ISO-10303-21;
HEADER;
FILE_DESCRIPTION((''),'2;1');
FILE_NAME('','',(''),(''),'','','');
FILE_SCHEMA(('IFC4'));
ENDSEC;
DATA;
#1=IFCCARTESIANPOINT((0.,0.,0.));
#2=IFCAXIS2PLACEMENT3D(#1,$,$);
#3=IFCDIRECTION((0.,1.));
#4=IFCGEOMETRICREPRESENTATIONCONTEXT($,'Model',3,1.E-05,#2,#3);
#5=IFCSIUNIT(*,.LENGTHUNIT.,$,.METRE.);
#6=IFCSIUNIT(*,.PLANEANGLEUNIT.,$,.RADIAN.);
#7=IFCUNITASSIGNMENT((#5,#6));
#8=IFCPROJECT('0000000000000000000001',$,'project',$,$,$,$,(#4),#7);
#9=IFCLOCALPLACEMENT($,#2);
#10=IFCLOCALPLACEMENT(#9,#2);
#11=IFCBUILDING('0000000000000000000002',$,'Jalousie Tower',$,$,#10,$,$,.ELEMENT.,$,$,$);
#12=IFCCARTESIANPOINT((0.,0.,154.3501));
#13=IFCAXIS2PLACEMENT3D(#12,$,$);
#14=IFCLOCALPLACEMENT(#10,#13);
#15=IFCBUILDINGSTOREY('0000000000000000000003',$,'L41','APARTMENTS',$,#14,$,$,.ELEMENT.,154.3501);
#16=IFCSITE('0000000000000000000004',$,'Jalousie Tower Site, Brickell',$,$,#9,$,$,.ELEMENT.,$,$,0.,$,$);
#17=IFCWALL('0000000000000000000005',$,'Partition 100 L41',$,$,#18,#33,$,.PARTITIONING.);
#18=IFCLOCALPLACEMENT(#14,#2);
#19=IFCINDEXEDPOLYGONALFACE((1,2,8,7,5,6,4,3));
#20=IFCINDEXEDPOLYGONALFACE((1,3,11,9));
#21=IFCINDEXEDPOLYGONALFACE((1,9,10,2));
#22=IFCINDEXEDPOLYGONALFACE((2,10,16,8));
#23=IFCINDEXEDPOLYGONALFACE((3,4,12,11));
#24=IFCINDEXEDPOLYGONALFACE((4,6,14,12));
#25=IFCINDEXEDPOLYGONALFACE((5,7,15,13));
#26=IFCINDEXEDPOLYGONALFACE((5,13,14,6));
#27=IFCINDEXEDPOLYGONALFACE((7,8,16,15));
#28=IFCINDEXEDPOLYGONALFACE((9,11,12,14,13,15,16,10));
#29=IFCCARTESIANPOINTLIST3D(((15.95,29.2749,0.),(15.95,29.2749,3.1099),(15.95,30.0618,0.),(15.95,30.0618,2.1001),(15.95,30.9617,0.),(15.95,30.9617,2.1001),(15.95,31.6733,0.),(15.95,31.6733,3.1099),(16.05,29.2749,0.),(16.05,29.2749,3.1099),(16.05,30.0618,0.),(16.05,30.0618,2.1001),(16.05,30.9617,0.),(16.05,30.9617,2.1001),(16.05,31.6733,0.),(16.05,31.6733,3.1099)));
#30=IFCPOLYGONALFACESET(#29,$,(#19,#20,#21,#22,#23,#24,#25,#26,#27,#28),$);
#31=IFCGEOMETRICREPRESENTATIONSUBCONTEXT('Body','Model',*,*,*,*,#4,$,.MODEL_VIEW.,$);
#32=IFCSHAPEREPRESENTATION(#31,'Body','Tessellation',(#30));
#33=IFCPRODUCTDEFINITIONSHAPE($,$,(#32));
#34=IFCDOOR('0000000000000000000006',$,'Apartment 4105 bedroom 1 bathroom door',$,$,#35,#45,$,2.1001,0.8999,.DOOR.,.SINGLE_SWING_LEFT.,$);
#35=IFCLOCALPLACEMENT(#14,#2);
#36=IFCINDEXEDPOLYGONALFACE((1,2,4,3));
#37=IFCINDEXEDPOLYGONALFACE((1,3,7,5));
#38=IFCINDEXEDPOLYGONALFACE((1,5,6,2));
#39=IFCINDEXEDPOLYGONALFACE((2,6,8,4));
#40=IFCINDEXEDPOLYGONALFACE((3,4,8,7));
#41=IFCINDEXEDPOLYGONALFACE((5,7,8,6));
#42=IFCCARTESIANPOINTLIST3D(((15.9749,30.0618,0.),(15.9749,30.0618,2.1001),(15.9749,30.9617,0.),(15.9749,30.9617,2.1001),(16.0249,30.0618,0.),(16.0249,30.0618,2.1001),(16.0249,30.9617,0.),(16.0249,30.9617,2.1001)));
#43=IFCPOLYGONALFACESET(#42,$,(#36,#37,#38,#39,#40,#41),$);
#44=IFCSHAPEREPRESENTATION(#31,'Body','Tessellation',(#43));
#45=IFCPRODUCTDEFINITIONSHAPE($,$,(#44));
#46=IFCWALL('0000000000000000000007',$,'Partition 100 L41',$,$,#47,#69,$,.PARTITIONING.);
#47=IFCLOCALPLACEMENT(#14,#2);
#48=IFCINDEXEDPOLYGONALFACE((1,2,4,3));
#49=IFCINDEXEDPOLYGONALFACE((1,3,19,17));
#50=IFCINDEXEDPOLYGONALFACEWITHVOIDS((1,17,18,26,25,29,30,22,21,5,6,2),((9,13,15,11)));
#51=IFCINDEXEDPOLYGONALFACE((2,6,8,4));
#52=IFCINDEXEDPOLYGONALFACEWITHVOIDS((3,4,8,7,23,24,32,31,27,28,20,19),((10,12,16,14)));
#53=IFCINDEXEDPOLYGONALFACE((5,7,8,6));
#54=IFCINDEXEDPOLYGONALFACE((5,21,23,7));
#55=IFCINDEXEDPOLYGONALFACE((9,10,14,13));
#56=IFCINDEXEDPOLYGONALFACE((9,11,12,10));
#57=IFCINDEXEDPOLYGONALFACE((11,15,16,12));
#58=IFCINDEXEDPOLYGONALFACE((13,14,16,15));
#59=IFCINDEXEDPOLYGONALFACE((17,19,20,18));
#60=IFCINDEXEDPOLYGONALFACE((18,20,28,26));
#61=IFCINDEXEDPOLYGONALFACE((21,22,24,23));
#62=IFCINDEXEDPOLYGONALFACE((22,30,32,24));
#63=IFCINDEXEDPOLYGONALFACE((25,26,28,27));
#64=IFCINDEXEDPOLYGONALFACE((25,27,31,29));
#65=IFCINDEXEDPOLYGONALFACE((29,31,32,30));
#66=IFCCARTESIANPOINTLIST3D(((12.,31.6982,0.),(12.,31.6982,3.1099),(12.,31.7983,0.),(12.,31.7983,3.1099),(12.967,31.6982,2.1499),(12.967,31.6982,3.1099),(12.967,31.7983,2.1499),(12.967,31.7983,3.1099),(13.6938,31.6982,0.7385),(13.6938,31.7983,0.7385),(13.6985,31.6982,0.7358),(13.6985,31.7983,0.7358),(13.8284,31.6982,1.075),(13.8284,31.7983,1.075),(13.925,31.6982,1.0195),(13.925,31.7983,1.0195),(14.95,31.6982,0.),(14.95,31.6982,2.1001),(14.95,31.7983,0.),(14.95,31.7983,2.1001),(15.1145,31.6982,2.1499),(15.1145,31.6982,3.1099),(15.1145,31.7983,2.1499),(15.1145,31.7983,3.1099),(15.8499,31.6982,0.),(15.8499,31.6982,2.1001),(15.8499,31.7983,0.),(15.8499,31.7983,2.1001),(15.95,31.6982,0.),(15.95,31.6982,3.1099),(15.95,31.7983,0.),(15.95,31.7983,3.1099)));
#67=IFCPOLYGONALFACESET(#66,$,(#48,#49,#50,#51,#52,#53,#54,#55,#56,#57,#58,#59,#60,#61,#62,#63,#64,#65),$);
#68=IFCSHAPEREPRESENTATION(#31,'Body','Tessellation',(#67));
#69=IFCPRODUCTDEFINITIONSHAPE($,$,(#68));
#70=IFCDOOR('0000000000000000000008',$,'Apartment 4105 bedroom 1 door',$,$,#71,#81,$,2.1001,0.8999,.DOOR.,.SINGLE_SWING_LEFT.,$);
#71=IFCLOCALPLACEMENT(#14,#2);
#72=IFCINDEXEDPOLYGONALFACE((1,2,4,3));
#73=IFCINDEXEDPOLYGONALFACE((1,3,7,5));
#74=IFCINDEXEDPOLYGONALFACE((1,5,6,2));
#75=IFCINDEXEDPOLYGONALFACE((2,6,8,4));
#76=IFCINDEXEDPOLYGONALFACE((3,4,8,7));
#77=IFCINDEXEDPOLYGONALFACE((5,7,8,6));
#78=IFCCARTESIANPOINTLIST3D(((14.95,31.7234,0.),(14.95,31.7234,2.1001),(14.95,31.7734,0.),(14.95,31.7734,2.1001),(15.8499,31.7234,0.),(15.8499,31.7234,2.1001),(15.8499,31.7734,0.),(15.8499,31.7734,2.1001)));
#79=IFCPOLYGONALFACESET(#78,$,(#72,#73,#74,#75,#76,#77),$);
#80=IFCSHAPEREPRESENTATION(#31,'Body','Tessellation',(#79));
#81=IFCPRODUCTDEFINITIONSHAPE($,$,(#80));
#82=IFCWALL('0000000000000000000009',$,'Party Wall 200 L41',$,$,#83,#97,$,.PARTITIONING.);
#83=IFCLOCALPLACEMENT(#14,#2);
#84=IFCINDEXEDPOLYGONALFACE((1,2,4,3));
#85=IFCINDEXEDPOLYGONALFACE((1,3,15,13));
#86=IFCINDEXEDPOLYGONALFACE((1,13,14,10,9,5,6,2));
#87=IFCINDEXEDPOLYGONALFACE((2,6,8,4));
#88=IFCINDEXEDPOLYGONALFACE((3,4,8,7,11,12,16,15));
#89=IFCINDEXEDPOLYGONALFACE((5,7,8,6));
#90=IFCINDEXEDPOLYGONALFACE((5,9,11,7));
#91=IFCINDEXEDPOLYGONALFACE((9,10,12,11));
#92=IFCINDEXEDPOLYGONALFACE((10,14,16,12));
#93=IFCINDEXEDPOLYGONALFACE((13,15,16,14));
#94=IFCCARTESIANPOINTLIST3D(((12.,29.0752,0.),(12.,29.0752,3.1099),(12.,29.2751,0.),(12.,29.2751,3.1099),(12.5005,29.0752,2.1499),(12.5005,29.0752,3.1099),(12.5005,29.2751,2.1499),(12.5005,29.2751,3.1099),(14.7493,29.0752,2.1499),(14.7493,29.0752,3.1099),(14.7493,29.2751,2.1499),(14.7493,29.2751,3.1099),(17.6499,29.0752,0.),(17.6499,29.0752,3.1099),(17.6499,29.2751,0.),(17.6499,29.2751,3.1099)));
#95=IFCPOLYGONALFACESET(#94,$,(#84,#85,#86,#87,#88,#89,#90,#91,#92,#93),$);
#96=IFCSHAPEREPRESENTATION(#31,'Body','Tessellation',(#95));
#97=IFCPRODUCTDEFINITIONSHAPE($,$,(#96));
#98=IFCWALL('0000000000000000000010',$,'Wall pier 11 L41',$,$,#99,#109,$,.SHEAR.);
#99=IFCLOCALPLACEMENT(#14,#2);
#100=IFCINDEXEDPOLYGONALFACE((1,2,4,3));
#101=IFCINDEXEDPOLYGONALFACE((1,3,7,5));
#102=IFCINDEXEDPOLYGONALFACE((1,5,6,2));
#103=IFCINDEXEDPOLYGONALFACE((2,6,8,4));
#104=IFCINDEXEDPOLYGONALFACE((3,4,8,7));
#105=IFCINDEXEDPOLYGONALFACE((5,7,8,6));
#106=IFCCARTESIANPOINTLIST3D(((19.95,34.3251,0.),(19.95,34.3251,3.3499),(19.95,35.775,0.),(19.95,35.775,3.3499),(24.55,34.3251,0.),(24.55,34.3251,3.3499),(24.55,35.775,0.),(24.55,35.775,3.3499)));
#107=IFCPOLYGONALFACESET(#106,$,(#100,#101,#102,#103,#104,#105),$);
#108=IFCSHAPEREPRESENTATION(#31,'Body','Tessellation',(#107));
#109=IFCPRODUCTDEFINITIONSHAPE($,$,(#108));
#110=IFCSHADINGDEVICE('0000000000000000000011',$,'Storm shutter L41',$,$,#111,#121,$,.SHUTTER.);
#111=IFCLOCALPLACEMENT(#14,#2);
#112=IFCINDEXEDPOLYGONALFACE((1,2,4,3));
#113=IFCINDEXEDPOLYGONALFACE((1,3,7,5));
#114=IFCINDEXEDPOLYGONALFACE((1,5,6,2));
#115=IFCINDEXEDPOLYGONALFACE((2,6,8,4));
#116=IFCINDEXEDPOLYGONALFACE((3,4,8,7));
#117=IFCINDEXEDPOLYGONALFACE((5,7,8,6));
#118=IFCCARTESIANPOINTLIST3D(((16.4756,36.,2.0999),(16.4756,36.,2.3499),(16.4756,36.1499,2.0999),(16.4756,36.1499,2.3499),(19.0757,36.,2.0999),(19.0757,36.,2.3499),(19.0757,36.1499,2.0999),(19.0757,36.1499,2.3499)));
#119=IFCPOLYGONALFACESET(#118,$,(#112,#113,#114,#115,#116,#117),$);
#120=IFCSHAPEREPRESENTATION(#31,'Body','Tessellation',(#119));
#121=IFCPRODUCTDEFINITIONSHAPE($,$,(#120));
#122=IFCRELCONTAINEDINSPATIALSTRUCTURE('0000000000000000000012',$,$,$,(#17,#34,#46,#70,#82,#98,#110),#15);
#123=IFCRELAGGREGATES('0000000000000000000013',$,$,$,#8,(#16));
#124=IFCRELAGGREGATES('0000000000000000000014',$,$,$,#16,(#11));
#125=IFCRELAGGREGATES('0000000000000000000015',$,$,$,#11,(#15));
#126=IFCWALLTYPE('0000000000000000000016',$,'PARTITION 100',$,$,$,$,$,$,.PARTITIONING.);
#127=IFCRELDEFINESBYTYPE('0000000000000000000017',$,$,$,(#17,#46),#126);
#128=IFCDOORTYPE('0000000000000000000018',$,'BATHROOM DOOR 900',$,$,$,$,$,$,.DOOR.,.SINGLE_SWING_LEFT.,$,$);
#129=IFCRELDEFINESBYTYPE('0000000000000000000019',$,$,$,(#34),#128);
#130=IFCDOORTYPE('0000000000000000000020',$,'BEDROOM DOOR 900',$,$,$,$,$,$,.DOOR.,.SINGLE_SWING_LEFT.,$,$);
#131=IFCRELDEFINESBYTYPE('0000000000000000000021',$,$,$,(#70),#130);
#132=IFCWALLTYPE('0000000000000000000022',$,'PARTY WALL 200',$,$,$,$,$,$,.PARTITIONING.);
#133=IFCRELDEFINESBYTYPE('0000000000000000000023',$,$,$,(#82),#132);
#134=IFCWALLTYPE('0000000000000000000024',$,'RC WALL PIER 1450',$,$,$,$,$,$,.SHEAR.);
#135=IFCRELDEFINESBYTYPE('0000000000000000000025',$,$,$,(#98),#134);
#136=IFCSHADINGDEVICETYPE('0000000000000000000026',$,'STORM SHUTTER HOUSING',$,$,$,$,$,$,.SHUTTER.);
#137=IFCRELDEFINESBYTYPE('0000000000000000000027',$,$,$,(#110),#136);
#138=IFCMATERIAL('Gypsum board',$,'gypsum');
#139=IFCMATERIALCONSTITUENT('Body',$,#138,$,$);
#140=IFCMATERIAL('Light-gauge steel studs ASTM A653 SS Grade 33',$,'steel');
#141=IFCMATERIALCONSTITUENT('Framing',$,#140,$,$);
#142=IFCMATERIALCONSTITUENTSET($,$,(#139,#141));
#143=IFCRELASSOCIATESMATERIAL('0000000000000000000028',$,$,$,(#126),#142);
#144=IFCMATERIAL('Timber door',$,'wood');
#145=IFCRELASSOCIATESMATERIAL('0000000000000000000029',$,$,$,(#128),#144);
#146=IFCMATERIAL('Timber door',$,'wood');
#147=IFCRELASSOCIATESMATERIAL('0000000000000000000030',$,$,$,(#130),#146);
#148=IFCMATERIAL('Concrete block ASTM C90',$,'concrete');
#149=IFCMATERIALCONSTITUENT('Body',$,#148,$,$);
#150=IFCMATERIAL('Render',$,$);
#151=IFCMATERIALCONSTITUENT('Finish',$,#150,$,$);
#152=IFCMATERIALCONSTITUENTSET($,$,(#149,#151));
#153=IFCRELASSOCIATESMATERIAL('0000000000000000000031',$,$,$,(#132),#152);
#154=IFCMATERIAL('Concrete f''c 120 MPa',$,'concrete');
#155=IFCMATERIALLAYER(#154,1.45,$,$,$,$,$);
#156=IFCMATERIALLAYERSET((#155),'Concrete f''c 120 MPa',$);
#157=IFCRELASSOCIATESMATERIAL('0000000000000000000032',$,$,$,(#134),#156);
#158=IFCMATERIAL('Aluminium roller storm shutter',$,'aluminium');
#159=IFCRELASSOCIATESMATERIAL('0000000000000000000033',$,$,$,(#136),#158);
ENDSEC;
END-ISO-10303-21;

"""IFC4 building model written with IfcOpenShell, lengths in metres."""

from ifc_helpers import new_model, si_unit, direction, frame, frame_2d, origin, origin_2d, place, context, subcontext, project, spatial, polyline, rectangle, outline, extrude, material, layer, layer_set, constituent, constituent_set, type_object, element, fill, save


model = new_model("IFC4")

# Units and contexts
model_context = context("Model", 3, precision=1e-05, world=origin(), true_north=direction((0.0, 1.0)))
body_context = subcontext(model_context, "Body", "Model", "MODEL_VIEW")
ifc_project = project(units=[si_unit("LENGTHUNIT", "METRE"), si_unit("PLANEANGLEUNIT", "RADIAN")], contexts=[model_context])

# Site, building, storey
site_placement = place(None, origin())
site = spatial("IfcSite", under=ifc_project, at=site_placement, Name="Jalousie Tower Site, Brickell", CompositionType="ELEMENT", RefElevation=0.0)
building_placement = place(site_placement, origin())
building = spatial("IfcBuilding", under=site, at=building_placement, Name="Jalousie Tower", CompositionType="ELEMENT")
storey_placement = place(building_placement, frame((0.0, 0.0, 154.3501)))
storey = spatial("IfcBuildingStorey", under=building, at=storey_placement, Name="L41", Description="APARTMENTS", CompositionType="ELEMENT", Elevation=154.3501)

# Walls, openings, doors
ifc_material_1 = material(Name="Gypsum board", Category="gypsum")
ifc_constituent_1 = constituent(ifc_material_1, Name="Body")
ifc_material_2 = material(Name="Light-gauge steel studs ASTM A653 SS Grade 33", Category="steel")
ifc_constituent_2 = constituent(ifc_material_2, Name="Framing")
ifc_constituent_set_1 = constituent_set(constituents=[ifc_constituent_1, ifc_constituent_2])
wall_type_1 = type_object("IfcWallType", Name="PARTITION 100", PredefinedType="PARTITIONING", material=ifc_constituent_set_1)
wall_1_placement = place(storey_placement, frame((16.0, 31.6733, 0.0), z_axis=(0.0, 0.0, 1.0), x_axis=(0.0, -1.0, 0.0)))
wall_1 = element("IfcWall", 1, at=wall_1_placement, inside=storey, type_object=wall_type_1, Name="Partition 100 L41", PredefinedType="PARTITIONING", context=body_context, shape_type="SweptSolid", body=[
    extrude(rectangle(XDim=2.3984, YDim=0.1001, at=frame_2d((1.1992, 0.0))), origin(), (0.0, 0.0, 1.0), 3.1099),
])
opening_1_placement = place(wall_1_placement, frame((0.7117, 0.0, 0.0)))
opening_1 = element("IfcOpeningElement", 2, at=opening_1_placement, cuts=wall_1, PredefinedType="OPENING", context=body_context, shape_type="SweptSolid", body=[
    extrude(rectangle(XDim=0.8999, YDim=2.1001, at=frame_2d((0.45, 1.05))), frame((0.0, 0.0601, 0.0), z_axis=(0.0, -1.0, 0.0), x_axis=(1.0, 0.0, 0.0)), (0.0, 0.0, 1.0), 0.1201),
])
ifc_material_3 = material(Name="Timber door", Category="wood")
door_type_1 = type_object("IfcDoorType", Name="BATHROOM DOOR 900", OperationType="SINGLE_SWING_LEFT", PredefinedType="DOOR", material=ifc_material_3)
door_1_placement = place(opening_1_placement, origin())
door_1 = element("IfcDoor", 3, at=door_1_placement, inside=storey, type_object=door_type_1, Name="Apartment 4105 bedroom 1 bathroom door", OperationType="SINGLE_SWING_LEFT", OverallHeight=2.1001, OverallWidth=0.8999, PredefinedType="DOOR", context=body_context, shape_type="SweptSolid", body=[
    extrude(rectangle(XDim=0.8999, YDim=2.1001, at=frame_2d((0.45, 1.05))), frame((0.0, 0.0249, 0.0), z_axis=(0.0, -1.0, 0.0), x_axis=(1.0, 0.0, 0.0)), (0.0, 0.0, 1.0), 0.05),
])
fill(opening_1, door_1)
wall_2_placement = place(storey_placement, frame((15.95, 31.7483, 0.0), z_axis=(0.0, 0.0, 1.0), x_axis=(-1.0, 0.0, 0.0)))
wall_2 = element("IfcWall", 4, at=wall_2_placement, inside=storey, type_object=wall_type_1, Name="Partition 100 L41", PredefinedType="PARTITIONING", context=body_context, shape_type="SweptSolid", body=[
    extrude(outline(polyline([(0.8354, 3.1099), (0.0, 3.1099), (0.0, 0.0), (3.95, 0.0), (3.95, 3.1099), (2.9829, 3.1099), (2.9829, 2.1499), (0.8354, 2.1499), (0.8354, 3.1099)]), holes=[polyline([(2.0249, 1.0195), (2.1216, 1.075), (2.2561, 0.7385), (2.2515, 0.7358), (2.0249, 1.0195)])]), frame((0.0, 0.05, 0.0), z_axis=(0.0, -1.0, 0.0), x_axis=(1.0, 0.0, 0.0)), (0.0, 0.0, 1.0), 0.1001),
])
opening_2_placement = place(wall_2_placement, frame((0.1001, 0.0, 0.0)))
opening_2 = element("IfcOpeningElement", 5, at=opening_2_placement, cuts=wall_2, PredefinedType="OPENING", context=body_context, shape_type="SweptSolid", body=[
    extrude(rectangle(XDim=0.8999, YDim=2.1001, at=frame_2d((0.45, 1.05))), frame((0.0, 0.0601, 0.0), z_axis=(0.0, -1.0, 0.0), x_axis=(1.0, 0.0, 0.0)), (0.0, 0.0, 1.0), 0.1201),
])
ifc_material_4 = material(Name="Timber door", Category="wood")
door_type_2 = type_object("IfcDoorType", Name="BEDROOM DOOR 900", OperationType="SINGLE_SWING_LEFT", PredefinedType="DOOR", material=ifc_material_4)
door_2_placement = place(opening_2_placement, origin())
door_2 = element("IfcDoor", 6, at=door_2_placement, inside=storey, type_object=door_type_2, Name="Apartment 4105 bedroom 1 door", OperationType="SINGLE_SWING_LEFT", OverallHeight=2.1001, OverallWidth=0.8999, PredefinedType="DOOR", context=body_context, shape_type="SweptSolid", body=[
    extrude(rectangle(XDim=0.8999, YDim=2.1001, at=frame_2d((0.45, 1.05))), frame((0.0, 0.0249, 0.0), z_axis=(0.0, -1.0, 0.0), x_axis=(1.0, 0.0, 0.0)), (0.0, 0.0, 1.0), 0.05),
])
fill(opening_2, door_2)

# Walls
ifc_material_5 = material(Name="Concrete block ASTM C90", Category="concrete")
ifc_constituent_3 = constituent(ifc_material_5, Name="Body")
ifc_material_6 = material(Name="Render")
ifc_constituent_4 = constituent(ifc_material_6, Name="Finish")
ifc_constituent_set_2 = constituent_set(constituents=[ifc_constituent_3, ifc_constituent_4])
wall_type_2 = type_object("IfcWallType", Name="PARTY WALL 200", PredefinedType="PARTITIONING", material=ifc_constituent_set_2)
wall_3_placement = place(storey_placement, frame((12.0, 29.175, 0.0), z_axis=(0.0, 0.0, 1.0), x_axis=(1.0, 0.0, 0.0)))
element("IfcWall", 7, at=wall_3_placement, inside=storey, type_object=wall_type_2, Name="Party Wall 200 L41", PredefinedType="PARTITIONING", context=body_context, shape_type="SweptSolid", body=[
    extrude(outline(polyline([(0.0, 0.0), (5.6499, 0.0), (5.6499, 3.1099), (2.7493, 3.1099), (2.7493, 2.1499), (0.5005, 2.1499), (0.5005, 3.1099), (0.0, 3.1099), (0.0, 0.0)])), frame((0.0, 0.1001, 0.0), z_axis=(0.0, -1.0, 0.0), x_axis=(1.0, 0.0, 0.0)), (0.0, 0.0, 1.0), 0.2),
])
ifc_material_7 = material(Name="Concrete f'c 120 MPa", Category="concrete")
ifc_layer_1 = layer(ifc_material_7, 1.45)
ifc_layer_set_1 = layer_set([ifc_layer_1], Name="Concrete f'c 120 MPa")
wall_type_3 = type_object("IfcWallType", Name="RC WALL PIER 1450", PredefinedType="SHEAR", material=ifc_layer_set_1)
wall_4_placement = place(storey_placement, frame((19.95, 35.05, 0.0), z_axis=(0.0, 0.0, 1.0), x_axis=(1.0, 0.0, 0.0)))
element("IfcWall", 8, at=wall_4_placement, inside=storey, type_object=wall_type_3, Name="Wall pier 11 L41", PredefinedType="SHEAR", context=body_context, shape_type="SweptSolid", body=[
    extrude(rectangle(XDim=4.6001, YDim=1.45, at=frame_2d((2.3, 0.0))), origin(), (0.0, 0.0, 1.0), 3.3499),
])

# Shading device
ifc_material_8 = material(Name="Aluminium roller storm shutter", Category="aluminium")
shading_device_type = type_object("IfcShadingDeviceType", Name="STORM SHUTTER HOUSING", PredefinedType="SHUTTER", material=ifc_material_8)
shading_device_placement = place(storey_placement, frame((17.7756, 36.075, 2.0999), z_axis=(0.0, 0.0, 1.0), x_axis=(-1.0, 0.0, 0.0)))
element("IfcShadingDevice", 9, at=shading_device_placement, inside=storey, type_object=shading_device_type, Name="Storm shutter L41", PredefinedType="SHUTTER", context=body_context, shape_type="SweptSolid", body=[
    extrude(rectangle(XDim=2.6001, YDim=0.1499, at=origin_2d()), origin(), (0.0, 0.0, 1.0), 0.25),
])

save(model, "model.ifc")
